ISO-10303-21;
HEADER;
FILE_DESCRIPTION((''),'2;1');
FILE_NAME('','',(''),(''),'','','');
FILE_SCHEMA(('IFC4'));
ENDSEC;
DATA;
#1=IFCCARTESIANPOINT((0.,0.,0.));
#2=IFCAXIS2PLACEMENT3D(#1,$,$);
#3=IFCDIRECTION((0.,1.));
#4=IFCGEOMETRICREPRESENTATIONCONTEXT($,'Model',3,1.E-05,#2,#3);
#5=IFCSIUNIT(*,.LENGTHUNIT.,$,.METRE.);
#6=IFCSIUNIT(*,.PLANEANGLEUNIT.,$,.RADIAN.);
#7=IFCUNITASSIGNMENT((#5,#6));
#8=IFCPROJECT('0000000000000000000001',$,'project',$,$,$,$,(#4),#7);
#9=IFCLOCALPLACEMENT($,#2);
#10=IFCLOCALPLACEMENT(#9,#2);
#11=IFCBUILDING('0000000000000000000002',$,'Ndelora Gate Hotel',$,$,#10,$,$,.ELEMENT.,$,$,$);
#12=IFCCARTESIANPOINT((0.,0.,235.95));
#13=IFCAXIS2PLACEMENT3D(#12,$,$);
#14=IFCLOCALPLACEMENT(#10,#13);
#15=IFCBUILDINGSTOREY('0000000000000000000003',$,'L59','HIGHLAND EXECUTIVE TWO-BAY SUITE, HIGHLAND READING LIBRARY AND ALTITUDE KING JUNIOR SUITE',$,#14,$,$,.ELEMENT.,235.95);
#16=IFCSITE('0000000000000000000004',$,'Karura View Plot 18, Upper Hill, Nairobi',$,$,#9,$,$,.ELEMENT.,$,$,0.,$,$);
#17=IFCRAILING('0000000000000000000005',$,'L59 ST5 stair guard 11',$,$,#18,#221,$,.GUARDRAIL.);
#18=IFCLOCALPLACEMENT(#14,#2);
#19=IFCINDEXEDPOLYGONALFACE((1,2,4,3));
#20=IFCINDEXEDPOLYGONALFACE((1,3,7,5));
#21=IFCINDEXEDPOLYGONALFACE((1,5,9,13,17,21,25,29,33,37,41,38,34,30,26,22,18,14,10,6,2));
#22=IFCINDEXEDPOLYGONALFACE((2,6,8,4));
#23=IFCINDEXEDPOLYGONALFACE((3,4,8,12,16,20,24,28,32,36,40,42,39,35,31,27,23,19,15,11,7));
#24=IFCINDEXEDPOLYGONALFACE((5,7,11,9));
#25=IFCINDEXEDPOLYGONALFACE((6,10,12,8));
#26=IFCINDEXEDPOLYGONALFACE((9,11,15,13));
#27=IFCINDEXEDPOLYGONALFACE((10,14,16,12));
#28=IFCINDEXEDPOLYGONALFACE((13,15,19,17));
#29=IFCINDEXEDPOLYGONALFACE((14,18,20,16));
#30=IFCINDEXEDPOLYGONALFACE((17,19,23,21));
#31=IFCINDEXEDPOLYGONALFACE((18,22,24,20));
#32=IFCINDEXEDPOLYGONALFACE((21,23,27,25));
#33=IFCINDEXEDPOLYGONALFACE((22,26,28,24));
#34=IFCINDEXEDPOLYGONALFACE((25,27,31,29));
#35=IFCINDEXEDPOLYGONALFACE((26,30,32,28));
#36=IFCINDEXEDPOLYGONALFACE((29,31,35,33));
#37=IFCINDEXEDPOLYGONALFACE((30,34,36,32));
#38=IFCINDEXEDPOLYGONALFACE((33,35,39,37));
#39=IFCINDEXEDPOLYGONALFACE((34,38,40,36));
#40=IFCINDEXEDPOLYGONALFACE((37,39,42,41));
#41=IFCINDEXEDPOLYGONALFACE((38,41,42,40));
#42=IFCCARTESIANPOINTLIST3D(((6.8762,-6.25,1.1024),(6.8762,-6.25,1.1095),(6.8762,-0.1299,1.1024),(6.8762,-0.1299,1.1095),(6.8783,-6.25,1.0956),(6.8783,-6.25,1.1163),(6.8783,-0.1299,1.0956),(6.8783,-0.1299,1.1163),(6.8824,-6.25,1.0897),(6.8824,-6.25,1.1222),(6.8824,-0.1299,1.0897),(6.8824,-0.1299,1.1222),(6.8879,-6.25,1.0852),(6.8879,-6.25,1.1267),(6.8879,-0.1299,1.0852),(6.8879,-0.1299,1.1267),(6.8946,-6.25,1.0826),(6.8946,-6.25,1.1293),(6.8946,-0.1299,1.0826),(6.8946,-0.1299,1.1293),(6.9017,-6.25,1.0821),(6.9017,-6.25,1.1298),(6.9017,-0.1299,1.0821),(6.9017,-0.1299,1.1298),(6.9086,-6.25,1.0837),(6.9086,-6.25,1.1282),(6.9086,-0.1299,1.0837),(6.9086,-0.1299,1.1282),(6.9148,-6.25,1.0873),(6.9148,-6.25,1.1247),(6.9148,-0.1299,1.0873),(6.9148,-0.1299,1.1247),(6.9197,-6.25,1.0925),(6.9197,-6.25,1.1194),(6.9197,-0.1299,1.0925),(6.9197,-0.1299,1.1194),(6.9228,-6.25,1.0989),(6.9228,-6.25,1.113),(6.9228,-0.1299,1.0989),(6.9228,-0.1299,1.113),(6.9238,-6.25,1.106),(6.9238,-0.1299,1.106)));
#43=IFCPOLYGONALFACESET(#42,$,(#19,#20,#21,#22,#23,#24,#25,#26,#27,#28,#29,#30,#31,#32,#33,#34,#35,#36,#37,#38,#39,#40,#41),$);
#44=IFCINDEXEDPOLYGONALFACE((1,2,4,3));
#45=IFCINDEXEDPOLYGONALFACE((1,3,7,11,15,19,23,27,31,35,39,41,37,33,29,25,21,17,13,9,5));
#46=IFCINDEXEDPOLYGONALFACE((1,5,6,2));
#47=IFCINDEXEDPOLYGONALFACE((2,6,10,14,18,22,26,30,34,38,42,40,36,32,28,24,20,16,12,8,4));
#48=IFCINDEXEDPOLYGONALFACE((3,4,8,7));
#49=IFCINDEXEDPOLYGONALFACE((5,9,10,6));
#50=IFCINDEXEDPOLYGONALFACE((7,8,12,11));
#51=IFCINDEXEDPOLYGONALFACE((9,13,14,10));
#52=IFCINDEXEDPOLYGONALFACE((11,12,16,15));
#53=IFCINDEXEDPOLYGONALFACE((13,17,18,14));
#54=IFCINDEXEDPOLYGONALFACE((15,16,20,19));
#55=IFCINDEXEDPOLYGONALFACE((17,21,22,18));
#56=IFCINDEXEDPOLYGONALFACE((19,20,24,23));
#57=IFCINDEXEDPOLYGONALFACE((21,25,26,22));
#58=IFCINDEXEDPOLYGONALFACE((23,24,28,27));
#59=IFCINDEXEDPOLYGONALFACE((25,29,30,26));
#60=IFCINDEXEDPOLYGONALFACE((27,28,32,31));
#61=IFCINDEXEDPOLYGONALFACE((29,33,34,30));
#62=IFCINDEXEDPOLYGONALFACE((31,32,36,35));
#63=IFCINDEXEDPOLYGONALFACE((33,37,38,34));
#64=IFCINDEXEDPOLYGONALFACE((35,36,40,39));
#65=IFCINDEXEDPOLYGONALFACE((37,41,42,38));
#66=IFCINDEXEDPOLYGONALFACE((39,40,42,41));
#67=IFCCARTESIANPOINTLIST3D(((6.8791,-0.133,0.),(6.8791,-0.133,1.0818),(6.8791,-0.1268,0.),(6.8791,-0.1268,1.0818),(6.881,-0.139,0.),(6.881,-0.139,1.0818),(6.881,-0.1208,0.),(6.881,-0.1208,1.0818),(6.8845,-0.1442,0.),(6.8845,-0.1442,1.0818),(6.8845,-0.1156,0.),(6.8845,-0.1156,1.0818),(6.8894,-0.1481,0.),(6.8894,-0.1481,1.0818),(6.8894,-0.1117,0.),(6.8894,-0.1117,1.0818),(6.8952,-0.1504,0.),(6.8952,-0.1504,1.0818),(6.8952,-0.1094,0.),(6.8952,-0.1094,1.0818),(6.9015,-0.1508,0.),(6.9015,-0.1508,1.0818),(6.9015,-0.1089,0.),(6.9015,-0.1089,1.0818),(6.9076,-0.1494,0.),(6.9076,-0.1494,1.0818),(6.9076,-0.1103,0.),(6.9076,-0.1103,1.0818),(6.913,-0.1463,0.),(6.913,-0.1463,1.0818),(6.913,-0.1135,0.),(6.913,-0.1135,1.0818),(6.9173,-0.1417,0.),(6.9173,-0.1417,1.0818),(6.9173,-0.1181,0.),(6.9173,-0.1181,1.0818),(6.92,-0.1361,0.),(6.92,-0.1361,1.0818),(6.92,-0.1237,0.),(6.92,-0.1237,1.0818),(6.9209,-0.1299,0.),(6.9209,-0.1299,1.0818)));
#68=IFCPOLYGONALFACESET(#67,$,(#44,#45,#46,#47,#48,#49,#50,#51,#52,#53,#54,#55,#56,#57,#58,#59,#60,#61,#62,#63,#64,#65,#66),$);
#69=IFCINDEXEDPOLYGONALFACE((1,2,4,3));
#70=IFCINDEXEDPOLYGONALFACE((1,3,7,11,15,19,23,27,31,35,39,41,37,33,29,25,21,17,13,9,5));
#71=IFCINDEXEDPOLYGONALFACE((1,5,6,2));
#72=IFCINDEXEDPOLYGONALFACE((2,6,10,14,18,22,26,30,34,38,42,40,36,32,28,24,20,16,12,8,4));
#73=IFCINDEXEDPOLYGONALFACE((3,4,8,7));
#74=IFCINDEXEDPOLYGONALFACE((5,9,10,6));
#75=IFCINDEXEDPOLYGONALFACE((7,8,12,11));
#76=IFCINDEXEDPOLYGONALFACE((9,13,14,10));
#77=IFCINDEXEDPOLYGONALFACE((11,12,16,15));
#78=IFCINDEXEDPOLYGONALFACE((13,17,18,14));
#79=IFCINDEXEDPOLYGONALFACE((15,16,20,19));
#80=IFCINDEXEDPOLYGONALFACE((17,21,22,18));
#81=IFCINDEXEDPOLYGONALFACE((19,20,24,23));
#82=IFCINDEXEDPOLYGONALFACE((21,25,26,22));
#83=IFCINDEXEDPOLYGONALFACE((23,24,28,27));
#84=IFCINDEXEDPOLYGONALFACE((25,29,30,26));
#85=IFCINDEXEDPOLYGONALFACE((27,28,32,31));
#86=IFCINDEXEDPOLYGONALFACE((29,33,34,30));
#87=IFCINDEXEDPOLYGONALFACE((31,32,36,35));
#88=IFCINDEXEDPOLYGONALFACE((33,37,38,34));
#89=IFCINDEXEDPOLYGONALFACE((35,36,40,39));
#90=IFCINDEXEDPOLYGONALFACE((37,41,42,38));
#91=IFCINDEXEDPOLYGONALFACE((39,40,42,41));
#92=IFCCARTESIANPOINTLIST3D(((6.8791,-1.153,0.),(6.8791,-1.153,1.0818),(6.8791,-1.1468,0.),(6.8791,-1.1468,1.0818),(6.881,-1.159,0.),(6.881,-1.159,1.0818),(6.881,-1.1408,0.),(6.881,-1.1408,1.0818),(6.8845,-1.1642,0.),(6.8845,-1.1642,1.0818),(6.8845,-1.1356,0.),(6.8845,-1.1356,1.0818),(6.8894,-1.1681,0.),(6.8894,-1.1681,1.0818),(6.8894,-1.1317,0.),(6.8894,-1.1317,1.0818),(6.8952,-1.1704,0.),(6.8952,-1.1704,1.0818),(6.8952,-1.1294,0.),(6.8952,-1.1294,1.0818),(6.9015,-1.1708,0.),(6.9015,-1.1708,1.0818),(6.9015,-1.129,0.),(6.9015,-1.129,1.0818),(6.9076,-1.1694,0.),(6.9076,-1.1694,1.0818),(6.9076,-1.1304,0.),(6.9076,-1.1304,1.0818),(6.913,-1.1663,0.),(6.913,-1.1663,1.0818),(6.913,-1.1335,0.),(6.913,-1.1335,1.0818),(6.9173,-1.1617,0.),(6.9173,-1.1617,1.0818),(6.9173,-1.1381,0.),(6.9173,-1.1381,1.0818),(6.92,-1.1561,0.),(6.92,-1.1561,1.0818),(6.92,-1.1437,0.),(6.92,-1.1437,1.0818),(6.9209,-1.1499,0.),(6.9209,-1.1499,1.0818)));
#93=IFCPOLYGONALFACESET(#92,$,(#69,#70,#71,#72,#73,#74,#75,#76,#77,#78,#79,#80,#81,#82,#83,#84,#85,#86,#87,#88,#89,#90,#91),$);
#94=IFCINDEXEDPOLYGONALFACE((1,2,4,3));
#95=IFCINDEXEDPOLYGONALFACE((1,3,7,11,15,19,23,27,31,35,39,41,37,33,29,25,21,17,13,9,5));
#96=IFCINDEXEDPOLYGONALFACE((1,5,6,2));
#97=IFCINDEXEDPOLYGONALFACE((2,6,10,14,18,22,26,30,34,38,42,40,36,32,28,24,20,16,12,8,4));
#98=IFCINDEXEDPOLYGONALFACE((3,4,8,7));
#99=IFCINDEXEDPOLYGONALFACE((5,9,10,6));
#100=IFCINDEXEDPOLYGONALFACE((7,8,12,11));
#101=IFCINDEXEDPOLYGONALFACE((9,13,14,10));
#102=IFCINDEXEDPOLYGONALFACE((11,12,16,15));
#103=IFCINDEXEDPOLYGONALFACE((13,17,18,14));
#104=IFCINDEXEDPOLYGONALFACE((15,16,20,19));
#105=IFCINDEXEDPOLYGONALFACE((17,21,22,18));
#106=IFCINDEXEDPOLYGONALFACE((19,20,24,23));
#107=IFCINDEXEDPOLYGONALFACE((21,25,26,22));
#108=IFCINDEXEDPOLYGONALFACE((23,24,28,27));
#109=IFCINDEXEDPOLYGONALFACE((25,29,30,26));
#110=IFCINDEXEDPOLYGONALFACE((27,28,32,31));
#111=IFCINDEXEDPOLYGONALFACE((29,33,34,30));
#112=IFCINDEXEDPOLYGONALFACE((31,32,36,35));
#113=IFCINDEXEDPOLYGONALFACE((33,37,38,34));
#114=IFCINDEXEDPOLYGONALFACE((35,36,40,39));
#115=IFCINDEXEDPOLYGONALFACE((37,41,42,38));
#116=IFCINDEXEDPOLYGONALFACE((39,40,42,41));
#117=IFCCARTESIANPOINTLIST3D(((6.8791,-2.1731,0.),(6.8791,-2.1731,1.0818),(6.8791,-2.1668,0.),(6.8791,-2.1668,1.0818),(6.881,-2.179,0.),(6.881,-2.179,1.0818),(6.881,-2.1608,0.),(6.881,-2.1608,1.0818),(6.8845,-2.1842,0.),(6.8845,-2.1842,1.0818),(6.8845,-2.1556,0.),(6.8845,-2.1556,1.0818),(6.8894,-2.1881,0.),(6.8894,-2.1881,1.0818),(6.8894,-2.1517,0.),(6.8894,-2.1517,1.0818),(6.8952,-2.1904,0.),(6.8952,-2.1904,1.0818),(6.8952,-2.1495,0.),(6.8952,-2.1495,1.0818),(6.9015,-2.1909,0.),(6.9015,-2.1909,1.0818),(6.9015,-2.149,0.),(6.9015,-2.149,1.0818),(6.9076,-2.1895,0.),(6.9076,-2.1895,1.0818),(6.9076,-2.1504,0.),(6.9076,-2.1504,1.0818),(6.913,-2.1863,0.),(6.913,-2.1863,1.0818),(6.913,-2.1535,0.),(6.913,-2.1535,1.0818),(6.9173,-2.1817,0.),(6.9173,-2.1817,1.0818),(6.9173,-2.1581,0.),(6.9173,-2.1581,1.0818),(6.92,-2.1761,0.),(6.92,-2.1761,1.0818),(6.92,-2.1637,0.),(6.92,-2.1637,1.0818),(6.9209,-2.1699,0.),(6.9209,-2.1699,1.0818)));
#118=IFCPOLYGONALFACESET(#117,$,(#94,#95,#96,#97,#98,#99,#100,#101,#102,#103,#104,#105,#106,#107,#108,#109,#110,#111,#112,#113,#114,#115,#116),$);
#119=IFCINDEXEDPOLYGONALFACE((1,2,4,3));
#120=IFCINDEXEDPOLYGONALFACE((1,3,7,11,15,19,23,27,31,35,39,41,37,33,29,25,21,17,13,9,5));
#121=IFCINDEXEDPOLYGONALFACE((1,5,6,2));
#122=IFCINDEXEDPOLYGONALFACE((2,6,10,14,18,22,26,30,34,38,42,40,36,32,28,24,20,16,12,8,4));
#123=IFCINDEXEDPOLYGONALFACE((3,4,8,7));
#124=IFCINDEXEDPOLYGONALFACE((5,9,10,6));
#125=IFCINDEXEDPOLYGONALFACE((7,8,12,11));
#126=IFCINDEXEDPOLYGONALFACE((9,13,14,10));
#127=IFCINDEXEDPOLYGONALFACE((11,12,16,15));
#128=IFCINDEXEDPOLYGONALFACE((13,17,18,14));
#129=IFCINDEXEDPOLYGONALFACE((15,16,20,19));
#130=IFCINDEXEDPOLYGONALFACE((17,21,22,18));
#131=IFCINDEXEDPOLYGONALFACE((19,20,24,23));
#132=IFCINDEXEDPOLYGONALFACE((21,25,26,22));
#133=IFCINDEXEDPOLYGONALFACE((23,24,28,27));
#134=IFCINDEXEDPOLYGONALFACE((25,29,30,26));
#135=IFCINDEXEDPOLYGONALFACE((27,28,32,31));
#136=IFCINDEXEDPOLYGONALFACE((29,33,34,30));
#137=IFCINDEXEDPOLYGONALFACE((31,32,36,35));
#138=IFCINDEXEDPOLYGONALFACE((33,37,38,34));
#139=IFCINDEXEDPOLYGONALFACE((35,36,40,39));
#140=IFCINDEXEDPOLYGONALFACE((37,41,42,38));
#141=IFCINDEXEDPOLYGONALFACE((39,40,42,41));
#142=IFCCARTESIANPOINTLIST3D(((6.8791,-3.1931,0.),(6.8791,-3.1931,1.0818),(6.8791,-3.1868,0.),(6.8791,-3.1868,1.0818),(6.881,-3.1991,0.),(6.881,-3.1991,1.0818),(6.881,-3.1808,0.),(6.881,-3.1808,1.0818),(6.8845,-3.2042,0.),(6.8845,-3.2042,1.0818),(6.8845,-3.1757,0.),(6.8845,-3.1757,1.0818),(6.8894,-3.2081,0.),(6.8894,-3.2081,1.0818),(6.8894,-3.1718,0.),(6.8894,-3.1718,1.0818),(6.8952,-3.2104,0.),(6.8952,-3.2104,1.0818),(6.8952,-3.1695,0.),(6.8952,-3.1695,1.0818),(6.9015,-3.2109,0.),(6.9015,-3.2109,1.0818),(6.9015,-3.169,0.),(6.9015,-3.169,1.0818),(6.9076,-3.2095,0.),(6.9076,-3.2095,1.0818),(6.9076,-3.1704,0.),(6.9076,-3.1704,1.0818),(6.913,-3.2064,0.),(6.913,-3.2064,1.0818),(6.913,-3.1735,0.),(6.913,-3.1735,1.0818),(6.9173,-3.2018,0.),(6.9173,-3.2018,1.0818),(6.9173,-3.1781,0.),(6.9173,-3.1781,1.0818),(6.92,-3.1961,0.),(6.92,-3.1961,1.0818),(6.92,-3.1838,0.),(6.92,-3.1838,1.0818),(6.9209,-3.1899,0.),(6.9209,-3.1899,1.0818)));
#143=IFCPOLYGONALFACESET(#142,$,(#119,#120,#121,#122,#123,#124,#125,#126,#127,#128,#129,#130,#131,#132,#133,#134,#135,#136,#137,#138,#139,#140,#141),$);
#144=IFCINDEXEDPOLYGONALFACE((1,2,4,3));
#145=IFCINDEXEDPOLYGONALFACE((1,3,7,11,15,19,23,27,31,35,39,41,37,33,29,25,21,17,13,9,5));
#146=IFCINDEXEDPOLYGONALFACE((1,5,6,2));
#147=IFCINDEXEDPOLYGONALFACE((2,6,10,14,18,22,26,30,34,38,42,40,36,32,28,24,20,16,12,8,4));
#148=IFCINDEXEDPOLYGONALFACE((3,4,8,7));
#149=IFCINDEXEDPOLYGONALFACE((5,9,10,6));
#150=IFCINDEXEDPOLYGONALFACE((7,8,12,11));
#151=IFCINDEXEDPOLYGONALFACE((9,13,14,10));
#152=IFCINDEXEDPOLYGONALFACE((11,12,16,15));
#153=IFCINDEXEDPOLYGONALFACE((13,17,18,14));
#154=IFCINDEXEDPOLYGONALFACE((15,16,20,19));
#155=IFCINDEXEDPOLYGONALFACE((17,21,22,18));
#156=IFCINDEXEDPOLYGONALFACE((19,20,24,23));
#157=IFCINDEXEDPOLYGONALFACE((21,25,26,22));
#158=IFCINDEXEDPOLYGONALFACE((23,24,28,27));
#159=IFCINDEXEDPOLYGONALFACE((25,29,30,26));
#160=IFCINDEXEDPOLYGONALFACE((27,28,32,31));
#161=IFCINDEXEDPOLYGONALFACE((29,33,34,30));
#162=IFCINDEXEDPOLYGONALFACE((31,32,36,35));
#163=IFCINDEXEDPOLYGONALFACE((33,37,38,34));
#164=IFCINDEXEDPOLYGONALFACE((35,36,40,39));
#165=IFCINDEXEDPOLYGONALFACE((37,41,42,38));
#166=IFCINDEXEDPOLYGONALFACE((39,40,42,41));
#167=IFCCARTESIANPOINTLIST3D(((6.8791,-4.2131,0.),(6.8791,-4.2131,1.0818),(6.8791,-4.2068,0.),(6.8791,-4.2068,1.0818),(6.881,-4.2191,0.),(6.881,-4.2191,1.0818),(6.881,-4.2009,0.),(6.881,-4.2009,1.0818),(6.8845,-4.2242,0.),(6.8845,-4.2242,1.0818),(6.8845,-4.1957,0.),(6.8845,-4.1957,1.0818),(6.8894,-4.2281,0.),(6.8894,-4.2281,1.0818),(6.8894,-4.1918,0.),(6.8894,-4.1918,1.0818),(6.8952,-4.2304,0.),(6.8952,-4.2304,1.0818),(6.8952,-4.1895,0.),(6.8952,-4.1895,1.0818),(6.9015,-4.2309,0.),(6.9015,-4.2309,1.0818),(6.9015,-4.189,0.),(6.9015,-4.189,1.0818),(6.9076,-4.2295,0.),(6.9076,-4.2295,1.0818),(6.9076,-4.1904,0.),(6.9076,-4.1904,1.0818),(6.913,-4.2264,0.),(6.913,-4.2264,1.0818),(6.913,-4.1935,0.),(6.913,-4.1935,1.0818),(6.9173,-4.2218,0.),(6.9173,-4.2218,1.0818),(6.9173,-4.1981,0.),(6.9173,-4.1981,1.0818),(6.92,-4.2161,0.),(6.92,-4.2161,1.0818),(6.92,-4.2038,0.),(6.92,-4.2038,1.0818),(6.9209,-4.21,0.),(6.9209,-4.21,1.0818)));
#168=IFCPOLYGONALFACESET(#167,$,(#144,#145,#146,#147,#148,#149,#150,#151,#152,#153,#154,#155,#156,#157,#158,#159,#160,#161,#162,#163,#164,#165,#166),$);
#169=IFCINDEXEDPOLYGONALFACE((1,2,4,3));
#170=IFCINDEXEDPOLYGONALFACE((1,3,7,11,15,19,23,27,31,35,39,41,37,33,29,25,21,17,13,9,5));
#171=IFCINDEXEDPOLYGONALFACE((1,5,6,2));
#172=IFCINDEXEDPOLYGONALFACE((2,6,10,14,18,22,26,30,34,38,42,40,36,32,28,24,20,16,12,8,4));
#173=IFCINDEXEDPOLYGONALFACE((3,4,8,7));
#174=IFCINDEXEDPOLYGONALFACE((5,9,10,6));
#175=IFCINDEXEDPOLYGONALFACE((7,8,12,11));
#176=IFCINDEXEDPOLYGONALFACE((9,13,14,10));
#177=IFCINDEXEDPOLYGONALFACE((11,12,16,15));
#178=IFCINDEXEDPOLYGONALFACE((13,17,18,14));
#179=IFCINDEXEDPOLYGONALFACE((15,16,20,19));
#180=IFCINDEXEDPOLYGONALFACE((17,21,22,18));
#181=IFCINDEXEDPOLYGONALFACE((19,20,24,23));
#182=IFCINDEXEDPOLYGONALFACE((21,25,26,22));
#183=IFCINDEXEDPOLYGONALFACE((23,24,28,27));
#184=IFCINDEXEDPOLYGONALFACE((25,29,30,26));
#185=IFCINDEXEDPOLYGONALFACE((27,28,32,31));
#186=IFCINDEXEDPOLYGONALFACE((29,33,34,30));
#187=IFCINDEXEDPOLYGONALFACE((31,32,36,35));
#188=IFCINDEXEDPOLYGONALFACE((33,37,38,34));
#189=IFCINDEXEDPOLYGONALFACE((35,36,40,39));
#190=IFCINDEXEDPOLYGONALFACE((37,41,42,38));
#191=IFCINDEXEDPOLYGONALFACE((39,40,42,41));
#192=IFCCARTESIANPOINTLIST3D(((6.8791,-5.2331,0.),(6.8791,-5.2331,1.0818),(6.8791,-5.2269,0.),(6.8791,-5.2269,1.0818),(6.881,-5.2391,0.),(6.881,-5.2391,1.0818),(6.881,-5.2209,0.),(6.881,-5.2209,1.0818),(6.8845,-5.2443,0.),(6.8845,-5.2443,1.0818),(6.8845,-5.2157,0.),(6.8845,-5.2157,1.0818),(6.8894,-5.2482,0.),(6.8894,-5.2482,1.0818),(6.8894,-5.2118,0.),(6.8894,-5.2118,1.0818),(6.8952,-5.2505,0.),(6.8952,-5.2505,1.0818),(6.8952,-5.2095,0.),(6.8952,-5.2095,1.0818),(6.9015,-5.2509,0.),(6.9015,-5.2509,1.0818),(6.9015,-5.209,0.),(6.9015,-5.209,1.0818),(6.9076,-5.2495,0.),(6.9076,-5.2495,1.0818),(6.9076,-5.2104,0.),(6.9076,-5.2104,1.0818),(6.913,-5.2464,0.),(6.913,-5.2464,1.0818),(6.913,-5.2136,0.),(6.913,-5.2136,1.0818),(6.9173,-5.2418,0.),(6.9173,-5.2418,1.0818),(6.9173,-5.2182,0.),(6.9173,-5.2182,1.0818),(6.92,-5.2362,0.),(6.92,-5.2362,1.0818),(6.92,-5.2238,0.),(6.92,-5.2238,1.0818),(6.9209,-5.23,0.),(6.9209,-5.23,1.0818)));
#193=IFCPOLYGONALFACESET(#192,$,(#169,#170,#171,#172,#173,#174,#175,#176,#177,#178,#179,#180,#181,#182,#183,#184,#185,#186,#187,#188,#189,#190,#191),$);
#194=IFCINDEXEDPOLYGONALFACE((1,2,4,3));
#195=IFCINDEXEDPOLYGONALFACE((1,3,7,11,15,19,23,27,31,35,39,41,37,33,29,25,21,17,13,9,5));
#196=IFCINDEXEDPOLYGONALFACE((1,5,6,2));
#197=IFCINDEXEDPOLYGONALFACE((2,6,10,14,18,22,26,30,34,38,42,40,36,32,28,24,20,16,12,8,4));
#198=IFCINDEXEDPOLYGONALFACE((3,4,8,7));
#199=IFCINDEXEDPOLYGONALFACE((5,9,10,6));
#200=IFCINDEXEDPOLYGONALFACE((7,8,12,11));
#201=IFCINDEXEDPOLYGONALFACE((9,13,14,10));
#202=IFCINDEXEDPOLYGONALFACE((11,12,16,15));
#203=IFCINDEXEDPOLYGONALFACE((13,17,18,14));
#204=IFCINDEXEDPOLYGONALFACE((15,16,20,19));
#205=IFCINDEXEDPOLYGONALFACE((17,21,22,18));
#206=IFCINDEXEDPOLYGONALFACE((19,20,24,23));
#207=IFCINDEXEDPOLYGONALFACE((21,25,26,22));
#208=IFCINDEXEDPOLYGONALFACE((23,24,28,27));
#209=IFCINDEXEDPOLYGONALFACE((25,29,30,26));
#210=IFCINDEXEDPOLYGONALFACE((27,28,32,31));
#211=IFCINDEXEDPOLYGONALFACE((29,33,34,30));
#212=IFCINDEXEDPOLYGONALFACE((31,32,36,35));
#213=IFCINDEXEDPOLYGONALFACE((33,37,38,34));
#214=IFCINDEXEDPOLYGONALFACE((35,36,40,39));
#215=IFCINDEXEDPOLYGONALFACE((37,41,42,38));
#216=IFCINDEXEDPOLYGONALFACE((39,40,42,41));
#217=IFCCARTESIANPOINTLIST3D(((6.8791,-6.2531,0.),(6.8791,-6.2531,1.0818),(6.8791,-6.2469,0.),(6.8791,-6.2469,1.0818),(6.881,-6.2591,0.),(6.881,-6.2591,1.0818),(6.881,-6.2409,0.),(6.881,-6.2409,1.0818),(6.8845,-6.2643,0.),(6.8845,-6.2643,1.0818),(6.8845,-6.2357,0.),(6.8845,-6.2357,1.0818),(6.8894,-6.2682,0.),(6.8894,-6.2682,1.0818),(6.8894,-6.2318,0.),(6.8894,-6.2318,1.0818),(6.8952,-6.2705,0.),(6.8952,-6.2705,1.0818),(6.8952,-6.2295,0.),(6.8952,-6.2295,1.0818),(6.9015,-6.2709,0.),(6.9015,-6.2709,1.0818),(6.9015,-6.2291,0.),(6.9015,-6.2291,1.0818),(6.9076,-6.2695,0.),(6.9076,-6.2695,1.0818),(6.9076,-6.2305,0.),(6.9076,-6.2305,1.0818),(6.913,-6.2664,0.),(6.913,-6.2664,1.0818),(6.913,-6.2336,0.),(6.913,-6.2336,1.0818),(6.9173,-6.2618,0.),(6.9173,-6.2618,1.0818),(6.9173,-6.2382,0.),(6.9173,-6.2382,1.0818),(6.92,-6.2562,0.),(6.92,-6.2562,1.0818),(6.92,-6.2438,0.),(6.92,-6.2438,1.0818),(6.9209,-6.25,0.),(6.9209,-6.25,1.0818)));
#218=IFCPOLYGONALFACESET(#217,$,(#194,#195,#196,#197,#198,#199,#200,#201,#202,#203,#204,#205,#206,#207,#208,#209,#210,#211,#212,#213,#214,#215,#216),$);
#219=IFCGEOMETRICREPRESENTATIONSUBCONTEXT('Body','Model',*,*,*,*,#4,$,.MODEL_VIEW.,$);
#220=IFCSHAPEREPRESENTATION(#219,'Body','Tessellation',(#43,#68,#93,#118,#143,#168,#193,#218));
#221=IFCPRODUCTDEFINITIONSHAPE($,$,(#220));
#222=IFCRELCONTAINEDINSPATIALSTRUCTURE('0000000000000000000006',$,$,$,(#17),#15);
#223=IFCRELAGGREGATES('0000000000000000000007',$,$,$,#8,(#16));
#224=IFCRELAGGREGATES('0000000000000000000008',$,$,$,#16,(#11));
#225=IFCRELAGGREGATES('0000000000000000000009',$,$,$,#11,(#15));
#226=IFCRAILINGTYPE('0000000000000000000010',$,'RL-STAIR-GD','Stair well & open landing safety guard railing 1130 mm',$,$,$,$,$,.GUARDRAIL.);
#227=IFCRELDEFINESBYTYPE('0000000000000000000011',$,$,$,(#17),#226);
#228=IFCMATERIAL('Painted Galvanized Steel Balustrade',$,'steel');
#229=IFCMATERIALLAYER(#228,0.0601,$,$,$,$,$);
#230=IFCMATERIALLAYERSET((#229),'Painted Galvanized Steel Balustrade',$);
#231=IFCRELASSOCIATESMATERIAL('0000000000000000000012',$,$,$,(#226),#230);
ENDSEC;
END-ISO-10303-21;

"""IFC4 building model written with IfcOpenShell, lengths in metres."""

from ifc_helpers import new_model, si_unit, direction, frame, origin, origin_2d, place, context, subcontext, project, spatial, circle, extrude, material, layer, layer_set, type_object, element, save


model = new_model("IFC4")

# Units and contexts
model_context = context("Model", 3, precision=1e-05, world=origin(), true_north=direction((0.0, 1.0)))
body_context = subcontext(model_context, "Body", "Model", "MODEL_VIEW")
ifc_project = project(units=[si_unit("LENGTHUNIT", "METRE"), si_unit("PLANEANGLEUNIT", "RADIAN")], contexts=[model_context])

# Site, building, storey
site_placement = place(None, origin())
site = spatial("IfcSite", under=ifc_project, at=site_placement, Name="Karura View Plot 18, Upper Hill, Nairobi", CompositionType="ELEMENT", RefElevation=0.0)
building_placement = place(site_placement, origin())
building = spatial("IfcBuilding", under=site, at=building_placement, Name="Ndelora Gate Hotel", CompositionType="ELEMENT")
storey_placement = place(building_placement, frame((0.0, 0.0, 235.95)))
storey = spatial("IfcBuildingStorey", under=building, at=storey_placement, Name="L59", Description="HIGHLAND EXECUTIVE TWO-BAY SUITE, HIGHLAND READING LIBRARY AND ALTITUDE KING JUNIOR SUITE", CompositionType="ELEMENT", Elevation=235.95)

# Railing
ifc_material_1 = material(Name="Painted Galvanized Steel Balustrade", Category="steel")
ifc_layer_1 = layer(ifc_material_1, 0.0601)
ifc_layer_set_1 = layer_set([ifc_layer_1], Name="Painted Galvanized Steel Balustrade")
railing_type = type_object("IfcRailingType", Name="RL-STAIR-GD", Description="Stair well & open landing safety guard railing 1130 mm", PredefinedType="GUARDRAIL", material=ifc_layer_set_1)
railing_placement = place(storey_placement, frame((6.8999, -0.1299, 0.0)))
element("IfcRailing", 1, at=railing_placement, inside=storey, type_object=railing_type, Name="L59 ST5 stair guard 11", PredefinedType="GUARDRAIL", context=body_context, shape_type="SweptSolid", body=[
    extrude(circle(Radius=0.0239, at=origin_2d()), frame((0.0, 0.0, 1.106), z_axis=(0.0, -1.0, 0.0), x_axis=(1.0, 0.0, 0.0)), (0.0, 0.0, 1.0), 6.1201),
    extrude(circle(Radius=0.021, at=origin_2d()), origin(), (0.0, 0.0, 1.0), 1.0818),
    extrude(circle(Radius=0.021, at=origin_2d()), frame((0.0, -1.02, 0.0)), (0.0, 0.0, 1.0), 1.0818),
    extrude(circle(Radius=0.021, at=origin_2d()), frame((0.0, -2.04, 0.0)), (0.0, 0.0, 1.0), 1.0818),
    extrude(circle(Radius=0.021, at=origin_2d()), frame((0.0, -3.0601, 0.0)), (0.0, 0.0, 1.0), 1.0818),
    extrude(circle(Radius=0.021, at=origin_2d()), frame((0.0, -4.0801, 0.0)), (0.0, 0.0, 1.0), 1.0818),
    extrude(circle(Radius=0.021, at=origin_2d()), frame((0.0, -5.1001, 0.0)), (0.0, 0.0, 1.0), 1.0818),
    extrude(circle(Radius=0.021, at=origin_2d()), frame((0.0, -6.1201, 0.0)), (0.0, 0.0, 1.0), 1.0818),
])

save(model, "model.ifc")
